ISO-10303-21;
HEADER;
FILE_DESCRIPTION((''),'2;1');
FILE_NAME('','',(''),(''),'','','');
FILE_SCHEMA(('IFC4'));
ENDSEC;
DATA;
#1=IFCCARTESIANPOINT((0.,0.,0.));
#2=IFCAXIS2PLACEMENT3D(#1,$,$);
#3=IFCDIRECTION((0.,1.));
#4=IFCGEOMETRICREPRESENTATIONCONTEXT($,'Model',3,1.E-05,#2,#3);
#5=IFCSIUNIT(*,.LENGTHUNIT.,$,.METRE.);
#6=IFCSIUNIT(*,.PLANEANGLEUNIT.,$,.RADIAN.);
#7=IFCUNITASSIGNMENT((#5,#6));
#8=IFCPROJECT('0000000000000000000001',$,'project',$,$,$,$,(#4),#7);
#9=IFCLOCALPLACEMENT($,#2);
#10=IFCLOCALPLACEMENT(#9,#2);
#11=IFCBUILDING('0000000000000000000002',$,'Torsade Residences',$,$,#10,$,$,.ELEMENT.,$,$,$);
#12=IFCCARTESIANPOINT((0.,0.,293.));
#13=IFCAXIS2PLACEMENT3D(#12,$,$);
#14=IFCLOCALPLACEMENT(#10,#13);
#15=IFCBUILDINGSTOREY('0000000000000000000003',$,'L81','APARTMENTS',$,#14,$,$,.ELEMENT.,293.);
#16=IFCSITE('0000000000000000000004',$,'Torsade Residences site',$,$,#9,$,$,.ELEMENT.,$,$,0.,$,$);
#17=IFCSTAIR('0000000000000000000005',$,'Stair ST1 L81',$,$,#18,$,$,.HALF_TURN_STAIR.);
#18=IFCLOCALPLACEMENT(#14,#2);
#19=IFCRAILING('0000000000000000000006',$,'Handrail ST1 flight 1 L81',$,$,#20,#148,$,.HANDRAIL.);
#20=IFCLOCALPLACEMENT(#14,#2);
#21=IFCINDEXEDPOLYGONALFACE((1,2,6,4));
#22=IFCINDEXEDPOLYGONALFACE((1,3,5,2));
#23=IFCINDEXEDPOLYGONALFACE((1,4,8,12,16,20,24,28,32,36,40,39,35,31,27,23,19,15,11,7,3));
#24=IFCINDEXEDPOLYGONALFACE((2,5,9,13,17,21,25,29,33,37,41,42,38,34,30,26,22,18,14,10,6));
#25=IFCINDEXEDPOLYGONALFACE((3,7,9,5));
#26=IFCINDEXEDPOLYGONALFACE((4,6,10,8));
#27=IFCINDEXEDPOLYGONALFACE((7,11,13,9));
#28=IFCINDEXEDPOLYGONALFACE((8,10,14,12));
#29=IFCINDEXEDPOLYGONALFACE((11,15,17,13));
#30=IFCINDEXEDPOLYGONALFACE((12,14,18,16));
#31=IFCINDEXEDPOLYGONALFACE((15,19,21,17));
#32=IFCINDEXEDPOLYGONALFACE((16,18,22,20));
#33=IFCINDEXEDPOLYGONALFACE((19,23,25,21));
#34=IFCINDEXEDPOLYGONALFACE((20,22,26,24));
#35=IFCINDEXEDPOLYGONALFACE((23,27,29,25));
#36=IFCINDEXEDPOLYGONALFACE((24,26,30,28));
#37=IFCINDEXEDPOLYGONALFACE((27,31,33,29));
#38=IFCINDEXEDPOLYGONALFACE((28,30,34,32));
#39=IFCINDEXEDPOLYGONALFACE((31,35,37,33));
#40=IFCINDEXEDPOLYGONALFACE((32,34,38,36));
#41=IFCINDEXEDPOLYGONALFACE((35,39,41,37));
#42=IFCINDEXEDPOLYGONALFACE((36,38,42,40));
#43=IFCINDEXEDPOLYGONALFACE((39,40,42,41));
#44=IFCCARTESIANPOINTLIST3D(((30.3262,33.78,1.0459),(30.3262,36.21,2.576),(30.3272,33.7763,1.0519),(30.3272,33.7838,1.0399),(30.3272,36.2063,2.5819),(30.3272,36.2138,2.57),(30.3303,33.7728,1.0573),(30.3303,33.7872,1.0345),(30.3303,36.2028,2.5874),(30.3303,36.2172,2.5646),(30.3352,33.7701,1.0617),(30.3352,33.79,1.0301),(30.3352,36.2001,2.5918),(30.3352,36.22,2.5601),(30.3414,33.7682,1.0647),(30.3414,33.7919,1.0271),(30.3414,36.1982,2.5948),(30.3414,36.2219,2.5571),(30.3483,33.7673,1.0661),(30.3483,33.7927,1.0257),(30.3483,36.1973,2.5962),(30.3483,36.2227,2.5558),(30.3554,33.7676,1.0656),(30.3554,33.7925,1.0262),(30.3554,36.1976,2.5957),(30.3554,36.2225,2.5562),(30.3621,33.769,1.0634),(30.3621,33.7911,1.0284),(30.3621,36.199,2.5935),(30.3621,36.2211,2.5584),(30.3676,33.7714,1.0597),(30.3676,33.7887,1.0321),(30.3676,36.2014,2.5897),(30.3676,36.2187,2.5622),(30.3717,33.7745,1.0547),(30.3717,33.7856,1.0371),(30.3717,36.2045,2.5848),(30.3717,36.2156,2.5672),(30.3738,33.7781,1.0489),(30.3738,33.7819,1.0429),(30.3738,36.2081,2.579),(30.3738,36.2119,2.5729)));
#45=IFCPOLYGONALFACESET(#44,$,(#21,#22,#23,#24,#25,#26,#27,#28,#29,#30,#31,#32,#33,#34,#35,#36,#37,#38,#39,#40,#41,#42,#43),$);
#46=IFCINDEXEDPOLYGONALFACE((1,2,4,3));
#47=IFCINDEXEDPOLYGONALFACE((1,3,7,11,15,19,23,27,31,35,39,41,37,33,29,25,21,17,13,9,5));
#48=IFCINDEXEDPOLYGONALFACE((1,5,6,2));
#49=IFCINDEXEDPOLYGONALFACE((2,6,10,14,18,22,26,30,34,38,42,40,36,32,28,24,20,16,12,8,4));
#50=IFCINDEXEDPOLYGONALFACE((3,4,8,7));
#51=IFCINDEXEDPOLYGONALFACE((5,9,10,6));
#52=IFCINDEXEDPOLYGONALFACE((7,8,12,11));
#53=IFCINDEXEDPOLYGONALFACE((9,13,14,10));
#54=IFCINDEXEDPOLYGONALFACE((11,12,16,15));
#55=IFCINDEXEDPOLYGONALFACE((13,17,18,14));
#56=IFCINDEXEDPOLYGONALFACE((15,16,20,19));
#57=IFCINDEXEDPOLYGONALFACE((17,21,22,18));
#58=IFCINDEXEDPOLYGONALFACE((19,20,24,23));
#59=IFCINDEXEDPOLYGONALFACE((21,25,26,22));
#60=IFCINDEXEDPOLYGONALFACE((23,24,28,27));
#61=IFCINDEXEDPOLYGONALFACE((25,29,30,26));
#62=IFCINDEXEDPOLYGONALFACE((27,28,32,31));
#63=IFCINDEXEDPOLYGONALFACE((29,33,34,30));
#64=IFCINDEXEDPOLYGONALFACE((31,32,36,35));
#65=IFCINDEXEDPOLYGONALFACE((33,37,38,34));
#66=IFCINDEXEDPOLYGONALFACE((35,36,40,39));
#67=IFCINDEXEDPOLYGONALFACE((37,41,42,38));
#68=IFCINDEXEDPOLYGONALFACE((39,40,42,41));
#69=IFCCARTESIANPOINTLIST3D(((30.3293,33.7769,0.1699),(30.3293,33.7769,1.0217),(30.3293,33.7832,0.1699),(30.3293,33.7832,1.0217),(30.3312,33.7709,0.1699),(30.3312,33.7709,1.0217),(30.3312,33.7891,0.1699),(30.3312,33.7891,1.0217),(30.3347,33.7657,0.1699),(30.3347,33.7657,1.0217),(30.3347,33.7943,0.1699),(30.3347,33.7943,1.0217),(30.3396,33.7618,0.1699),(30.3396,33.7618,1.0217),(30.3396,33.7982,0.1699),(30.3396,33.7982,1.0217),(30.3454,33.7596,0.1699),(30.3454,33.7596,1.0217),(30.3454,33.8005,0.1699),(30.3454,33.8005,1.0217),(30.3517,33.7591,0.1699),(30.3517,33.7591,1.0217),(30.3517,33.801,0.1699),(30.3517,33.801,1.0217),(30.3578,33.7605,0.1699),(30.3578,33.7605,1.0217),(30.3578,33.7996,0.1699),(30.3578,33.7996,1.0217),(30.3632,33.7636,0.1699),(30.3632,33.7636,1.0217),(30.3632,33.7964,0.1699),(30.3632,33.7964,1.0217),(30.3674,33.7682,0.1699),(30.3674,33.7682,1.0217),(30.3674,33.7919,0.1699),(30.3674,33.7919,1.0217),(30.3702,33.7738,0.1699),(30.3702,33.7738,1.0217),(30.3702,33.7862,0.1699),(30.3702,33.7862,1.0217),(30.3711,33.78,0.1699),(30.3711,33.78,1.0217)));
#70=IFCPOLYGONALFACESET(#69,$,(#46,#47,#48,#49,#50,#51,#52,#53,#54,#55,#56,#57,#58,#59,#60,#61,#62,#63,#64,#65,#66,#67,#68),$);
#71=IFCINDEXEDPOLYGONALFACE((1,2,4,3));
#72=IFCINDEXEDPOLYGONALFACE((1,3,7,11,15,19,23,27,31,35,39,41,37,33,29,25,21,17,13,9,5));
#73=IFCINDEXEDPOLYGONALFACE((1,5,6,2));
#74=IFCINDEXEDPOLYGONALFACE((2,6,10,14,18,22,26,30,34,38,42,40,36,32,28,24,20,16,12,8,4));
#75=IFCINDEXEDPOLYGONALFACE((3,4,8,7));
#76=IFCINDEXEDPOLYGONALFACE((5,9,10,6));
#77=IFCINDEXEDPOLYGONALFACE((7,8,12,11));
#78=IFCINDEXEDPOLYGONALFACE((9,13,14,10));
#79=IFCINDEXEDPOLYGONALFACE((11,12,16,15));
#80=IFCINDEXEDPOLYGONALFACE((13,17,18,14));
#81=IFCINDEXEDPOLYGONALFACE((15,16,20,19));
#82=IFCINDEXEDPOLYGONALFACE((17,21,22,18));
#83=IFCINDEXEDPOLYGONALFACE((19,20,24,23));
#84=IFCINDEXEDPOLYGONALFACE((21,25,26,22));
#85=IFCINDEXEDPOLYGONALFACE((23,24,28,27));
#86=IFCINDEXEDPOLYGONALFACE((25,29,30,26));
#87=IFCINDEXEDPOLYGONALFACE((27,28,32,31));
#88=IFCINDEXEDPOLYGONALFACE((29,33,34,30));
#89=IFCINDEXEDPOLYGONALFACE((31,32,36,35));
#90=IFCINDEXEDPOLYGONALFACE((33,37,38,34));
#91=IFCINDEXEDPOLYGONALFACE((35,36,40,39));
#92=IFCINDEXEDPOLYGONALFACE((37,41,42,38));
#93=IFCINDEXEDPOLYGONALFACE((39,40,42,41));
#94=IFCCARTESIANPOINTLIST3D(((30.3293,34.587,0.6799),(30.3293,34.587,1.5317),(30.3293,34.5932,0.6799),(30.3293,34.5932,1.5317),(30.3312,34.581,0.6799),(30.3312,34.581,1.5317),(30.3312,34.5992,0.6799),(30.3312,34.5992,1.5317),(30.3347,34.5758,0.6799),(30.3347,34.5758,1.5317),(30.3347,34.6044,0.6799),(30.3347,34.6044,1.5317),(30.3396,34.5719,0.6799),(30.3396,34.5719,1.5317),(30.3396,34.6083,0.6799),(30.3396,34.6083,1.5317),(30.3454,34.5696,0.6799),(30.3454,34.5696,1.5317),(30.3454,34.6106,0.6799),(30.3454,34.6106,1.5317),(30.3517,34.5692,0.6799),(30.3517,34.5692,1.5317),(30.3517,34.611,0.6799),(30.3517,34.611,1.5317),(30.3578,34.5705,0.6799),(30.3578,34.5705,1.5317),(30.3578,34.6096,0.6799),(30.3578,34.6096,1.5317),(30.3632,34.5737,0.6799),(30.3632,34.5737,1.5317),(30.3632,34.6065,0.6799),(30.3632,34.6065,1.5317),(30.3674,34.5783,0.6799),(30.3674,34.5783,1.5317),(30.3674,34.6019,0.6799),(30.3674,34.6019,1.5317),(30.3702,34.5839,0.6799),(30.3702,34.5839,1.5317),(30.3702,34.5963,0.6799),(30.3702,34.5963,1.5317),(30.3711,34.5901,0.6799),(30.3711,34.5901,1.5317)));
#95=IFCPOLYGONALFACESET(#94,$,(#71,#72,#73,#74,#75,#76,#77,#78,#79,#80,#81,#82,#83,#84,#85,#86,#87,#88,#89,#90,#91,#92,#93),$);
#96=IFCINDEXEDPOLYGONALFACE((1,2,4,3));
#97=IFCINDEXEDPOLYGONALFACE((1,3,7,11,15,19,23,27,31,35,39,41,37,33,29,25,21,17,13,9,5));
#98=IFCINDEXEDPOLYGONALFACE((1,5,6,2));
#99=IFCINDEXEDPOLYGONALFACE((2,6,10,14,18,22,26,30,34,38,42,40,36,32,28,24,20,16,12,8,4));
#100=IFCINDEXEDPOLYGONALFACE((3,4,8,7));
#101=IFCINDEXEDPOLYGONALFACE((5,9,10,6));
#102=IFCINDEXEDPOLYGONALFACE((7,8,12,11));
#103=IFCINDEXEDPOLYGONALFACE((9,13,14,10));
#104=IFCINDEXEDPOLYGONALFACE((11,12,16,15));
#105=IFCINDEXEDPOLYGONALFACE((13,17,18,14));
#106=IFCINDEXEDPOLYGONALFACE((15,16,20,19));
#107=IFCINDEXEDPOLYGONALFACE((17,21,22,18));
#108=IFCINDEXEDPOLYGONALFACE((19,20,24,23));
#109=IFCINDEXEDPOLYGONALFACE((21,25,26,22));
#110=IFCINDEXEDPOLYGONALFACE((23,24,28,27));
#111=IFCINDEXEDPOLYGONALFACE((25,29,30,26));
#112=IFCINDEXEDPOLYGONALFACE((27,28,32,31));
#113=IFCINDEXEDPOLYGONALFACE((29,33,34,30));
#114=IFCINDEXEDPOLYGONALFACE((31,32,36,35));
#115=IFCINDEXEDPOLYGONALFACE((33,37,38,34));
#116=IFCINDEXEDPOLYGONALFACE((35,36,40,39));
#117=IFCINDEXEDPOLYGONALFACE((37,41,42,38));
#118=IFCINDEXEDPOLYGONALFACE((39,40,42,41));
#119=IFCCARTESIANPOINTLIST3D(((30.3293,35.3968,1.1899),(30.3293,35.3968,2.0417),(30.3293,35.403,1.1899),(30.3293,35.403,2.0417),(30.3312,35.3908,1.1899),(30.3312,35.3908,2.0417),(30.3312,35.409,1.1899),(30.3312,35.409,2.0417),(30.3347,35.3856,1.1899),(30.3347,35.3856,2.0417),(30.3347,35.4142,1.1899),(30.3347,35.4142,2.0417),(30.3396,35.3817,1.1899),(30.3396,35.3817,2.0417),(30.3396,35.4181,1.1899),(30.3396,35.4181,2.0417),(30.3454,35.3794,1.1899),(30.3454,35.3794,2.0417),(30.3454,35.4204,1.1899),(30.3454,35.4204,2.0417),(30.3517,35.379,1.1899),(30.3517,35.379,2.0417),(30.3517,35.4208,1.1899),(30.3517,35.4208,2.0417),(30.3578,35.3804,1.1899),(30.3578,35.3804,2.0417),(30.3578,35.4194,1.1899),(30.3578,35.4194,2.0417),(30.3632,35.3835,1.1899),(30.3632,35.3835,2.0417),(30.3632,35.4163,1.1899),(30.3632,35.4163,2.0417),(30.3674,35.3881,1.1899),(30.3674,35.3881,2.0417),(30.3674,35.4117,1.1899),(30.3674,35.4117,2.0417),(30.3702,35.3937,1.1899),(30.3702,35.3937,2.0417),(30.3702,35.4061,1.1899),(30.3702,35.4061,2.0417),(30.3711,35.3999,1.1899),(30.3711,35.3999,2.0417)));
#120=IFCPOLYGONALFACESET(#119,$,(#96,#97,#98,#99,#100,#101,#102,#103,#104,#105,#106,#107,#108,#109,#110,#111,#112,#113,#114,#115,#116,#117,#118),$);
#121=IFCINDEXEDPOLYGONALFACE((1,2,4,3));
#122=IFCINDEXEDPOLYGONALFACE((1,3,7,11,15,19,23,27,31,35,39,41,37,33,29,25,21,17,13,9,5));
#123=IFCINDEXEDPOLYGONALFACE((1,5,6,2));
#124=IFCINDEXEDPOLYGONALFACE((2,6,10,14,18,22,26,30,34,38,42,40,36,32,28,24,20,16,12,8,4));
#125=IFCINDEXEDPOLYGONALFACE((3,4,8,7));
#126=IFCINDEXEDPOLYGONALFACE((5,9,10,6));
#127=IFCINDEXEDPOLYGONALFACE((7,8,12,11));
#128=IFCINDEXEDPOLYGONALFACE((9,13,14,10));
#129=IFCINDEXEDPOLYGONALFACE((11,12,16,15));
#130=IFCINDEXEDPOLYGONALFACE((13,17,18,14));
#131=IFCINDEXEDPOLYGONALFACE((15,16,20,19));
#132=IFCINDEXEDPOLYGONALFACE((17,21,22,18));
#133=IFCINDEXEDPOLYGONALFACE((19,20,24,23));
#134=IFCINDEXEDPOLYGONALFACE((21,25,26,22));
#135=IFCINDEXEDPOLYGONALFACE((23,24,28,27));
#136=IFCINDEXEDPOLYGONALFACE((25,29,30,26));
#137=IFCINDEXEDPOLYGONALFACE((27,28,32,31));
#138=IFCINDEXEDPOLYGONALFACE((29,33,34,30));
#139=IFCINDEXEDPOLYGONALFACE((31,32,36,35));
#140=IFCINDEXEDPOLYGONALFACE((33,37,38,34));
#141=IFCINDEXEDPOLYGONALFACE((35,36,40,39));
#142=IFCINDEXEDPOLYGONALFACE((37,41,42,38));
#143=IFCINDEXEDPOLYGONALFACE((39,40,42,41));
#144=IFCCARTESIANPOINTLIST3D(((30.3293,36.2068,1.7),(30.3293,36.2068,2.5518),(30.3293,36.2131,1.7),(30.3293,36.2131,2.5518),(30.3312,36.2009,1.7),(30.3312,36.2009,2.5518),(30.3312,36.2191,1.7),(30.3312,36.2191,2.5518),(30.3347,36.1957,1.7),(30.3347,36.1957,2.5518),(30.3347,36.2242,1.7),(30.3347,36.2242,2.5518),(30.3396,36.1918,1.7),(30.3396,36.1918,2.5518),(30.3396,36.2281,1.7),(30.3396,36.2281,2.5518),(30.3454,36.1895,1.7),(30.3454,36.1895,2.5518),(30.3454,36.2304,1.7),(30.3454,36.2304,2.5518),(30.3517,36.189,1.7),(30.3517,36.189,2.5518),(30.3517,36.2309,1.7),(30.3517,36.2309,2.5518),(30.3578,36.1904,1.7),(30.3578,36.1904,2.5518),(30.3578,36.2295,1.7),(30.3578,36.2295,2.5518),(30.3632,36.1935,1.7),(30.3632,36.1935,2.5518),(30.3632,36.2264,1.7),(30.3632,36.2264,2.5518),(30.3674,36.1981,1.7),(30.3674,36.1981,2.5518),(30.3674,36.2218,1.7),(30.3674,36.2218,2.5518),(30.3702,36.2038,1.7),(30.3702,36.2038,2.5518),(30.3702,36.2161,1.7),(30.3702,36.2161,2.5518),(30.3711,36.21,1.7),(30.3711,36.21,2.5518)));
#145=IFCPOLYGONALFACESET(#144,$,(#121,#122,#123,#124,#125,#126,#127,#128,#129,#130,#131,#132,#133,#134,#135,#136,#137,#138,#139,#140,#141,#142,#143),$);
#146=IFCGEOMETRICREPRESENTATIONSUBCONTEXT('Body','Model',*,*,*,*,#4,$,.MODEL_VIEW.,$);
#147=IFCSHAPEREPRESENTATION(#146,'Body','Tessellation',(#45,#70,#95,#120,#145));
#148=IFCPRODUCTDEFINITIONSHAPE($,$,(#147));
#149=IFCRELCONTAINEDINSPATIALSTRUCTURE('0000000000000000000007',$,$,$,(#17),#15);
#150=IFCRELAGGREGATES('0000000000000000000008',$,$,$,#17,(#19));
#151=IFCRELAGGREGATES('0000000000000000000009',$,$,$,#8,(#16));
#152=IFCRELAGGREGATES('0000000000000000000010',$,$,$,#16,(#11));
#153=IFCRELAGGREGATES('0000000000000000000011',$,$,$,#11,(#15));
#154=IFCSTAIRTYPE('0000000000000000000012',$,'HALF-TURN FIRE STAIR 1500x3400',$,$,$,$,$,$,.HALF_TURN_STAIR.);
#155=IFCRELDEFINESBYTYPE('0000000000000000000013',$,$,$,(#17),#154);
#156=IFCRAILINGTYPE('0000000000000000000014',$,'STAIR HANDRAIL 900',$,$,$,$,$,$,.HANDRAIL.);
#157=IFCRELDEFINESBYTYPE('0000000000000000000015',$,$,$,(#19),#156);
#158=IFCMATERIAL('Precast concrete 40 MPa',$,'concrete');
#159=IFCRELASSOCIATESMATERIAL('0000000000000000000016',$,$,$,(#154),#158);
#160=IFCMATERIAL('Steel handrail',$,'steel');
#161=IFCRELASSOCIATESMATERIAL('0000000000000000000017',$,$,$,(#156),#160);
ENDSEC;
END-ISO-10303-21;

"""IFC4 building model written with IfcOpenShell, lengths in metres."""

from ifc_helpers import new_model, si_unit, direction, frame, origin, origin_2d, place, context, subcontext, project, spatial, circle, extrude, material, type_object, element, aggregate, save


model = new_model("IFC4")

# Units and contexts
model_context = context("Model", 3, precision=1e-05, world=origin(), true_north=direction((0.0, 1.0)))
body_context = subcontext(model_context, "Body", "Model", "MODEL_VIEW")
ifc_project = project(units=[si_unit("LENGTHUNIT", "METRE"), si_unit("PLANEANGLEUNIT", "RADIAN")], contexts=[model_context])

# Site, building, storey
site_placement = place(None, origin())
site = spatial("IfcSite", under=ifc_project, at=site_placement, Name="Torsade Residences site", CompositionType="ELEMENT", RefElevation=0.0)
building_placement = place(site_placement, origin())
building = spatial("IfcBuilding", under=site, at=building_placement, Name="Torsade Residences", CompositionType="ELEMENT")
storey_placement = place(building_placement, frame((0.0, 0.0, 293.0)))
storey = spatial("IfcBuildingStorey", under=building, at=storey_placement, Name="L81", Description="APARTMENTS", CompositionType="ELEMENT", Elevation=293.0)

# Stair, railing
ifc_material_1 = material(Name="Precast concrete 40 MPa", Category="concrete")
stair_type = type_object("IfcStairType", Name="HALF-TURN FIRE STAIR 1500x3400", PredefinedType="HALF_TURN_STAIR", material=ifc_material_1)
stair_placement = place(storey_placement, origin())
stair = element("IfcStair", 1, at=stair_placement, inside=storey, type_object=stair_type, Name="Stair ST1 L81", PredefinedType="HALF_TURN_STAIR")
ifc_material_2 = material(Name="Steel handrail", Category="steel")
railing_type = type_object("IfcRailingType", Name="STAIR HANDRAIL 900", PredefinedType="HANDRAIL", material=ifc_material_2)
railing_1_placement = place(storey_placement, frame((30.3501, 33.78, 0.1699)))
railing_1 = element("IfcRailing", 2, at=railing_1_placement, type_object=railing_type, Name="Handrail ST1 flight 1 L81", PredefinedType="HANDRAIL", context=body_context, shape_type="SweptSolid", body=[
    extrude(circle(Radius=0.0239, at=origin_2d()), frame((0.0, 0.0, 0.876), z_axis=(0.0, 0.846221, 0.532831), x_axis=(-1.0, 0.0, 0.0)), (0.0, 0.0, 1.0), 2.8716),
    extrude(circle(Radius=0.021, at=origin_2d()), origin(), (0.0, 0.0, 1.0), 0.8518),
    extrude(circle(Radius=0.021, at=origin_2d()), frame((0.0, 0.8101, 0.51)), (0.0, 0.0, 1.0), 0.8518),
    extrude(circle(Radius=0.021, at=origin_2d()), frame((0.0, 1.6199, 1.02)), (0.0, 0.0, 1.0), 0.8518),
    extrude(circle(Radius=0.021, at=origin_2d()), frame((0.0, 2.4299, 1.53)), (0.0, 0.0, 1.0), 0.8518),
])
aggregate(stair, [railing_1])

save(model, "model.ifc")
